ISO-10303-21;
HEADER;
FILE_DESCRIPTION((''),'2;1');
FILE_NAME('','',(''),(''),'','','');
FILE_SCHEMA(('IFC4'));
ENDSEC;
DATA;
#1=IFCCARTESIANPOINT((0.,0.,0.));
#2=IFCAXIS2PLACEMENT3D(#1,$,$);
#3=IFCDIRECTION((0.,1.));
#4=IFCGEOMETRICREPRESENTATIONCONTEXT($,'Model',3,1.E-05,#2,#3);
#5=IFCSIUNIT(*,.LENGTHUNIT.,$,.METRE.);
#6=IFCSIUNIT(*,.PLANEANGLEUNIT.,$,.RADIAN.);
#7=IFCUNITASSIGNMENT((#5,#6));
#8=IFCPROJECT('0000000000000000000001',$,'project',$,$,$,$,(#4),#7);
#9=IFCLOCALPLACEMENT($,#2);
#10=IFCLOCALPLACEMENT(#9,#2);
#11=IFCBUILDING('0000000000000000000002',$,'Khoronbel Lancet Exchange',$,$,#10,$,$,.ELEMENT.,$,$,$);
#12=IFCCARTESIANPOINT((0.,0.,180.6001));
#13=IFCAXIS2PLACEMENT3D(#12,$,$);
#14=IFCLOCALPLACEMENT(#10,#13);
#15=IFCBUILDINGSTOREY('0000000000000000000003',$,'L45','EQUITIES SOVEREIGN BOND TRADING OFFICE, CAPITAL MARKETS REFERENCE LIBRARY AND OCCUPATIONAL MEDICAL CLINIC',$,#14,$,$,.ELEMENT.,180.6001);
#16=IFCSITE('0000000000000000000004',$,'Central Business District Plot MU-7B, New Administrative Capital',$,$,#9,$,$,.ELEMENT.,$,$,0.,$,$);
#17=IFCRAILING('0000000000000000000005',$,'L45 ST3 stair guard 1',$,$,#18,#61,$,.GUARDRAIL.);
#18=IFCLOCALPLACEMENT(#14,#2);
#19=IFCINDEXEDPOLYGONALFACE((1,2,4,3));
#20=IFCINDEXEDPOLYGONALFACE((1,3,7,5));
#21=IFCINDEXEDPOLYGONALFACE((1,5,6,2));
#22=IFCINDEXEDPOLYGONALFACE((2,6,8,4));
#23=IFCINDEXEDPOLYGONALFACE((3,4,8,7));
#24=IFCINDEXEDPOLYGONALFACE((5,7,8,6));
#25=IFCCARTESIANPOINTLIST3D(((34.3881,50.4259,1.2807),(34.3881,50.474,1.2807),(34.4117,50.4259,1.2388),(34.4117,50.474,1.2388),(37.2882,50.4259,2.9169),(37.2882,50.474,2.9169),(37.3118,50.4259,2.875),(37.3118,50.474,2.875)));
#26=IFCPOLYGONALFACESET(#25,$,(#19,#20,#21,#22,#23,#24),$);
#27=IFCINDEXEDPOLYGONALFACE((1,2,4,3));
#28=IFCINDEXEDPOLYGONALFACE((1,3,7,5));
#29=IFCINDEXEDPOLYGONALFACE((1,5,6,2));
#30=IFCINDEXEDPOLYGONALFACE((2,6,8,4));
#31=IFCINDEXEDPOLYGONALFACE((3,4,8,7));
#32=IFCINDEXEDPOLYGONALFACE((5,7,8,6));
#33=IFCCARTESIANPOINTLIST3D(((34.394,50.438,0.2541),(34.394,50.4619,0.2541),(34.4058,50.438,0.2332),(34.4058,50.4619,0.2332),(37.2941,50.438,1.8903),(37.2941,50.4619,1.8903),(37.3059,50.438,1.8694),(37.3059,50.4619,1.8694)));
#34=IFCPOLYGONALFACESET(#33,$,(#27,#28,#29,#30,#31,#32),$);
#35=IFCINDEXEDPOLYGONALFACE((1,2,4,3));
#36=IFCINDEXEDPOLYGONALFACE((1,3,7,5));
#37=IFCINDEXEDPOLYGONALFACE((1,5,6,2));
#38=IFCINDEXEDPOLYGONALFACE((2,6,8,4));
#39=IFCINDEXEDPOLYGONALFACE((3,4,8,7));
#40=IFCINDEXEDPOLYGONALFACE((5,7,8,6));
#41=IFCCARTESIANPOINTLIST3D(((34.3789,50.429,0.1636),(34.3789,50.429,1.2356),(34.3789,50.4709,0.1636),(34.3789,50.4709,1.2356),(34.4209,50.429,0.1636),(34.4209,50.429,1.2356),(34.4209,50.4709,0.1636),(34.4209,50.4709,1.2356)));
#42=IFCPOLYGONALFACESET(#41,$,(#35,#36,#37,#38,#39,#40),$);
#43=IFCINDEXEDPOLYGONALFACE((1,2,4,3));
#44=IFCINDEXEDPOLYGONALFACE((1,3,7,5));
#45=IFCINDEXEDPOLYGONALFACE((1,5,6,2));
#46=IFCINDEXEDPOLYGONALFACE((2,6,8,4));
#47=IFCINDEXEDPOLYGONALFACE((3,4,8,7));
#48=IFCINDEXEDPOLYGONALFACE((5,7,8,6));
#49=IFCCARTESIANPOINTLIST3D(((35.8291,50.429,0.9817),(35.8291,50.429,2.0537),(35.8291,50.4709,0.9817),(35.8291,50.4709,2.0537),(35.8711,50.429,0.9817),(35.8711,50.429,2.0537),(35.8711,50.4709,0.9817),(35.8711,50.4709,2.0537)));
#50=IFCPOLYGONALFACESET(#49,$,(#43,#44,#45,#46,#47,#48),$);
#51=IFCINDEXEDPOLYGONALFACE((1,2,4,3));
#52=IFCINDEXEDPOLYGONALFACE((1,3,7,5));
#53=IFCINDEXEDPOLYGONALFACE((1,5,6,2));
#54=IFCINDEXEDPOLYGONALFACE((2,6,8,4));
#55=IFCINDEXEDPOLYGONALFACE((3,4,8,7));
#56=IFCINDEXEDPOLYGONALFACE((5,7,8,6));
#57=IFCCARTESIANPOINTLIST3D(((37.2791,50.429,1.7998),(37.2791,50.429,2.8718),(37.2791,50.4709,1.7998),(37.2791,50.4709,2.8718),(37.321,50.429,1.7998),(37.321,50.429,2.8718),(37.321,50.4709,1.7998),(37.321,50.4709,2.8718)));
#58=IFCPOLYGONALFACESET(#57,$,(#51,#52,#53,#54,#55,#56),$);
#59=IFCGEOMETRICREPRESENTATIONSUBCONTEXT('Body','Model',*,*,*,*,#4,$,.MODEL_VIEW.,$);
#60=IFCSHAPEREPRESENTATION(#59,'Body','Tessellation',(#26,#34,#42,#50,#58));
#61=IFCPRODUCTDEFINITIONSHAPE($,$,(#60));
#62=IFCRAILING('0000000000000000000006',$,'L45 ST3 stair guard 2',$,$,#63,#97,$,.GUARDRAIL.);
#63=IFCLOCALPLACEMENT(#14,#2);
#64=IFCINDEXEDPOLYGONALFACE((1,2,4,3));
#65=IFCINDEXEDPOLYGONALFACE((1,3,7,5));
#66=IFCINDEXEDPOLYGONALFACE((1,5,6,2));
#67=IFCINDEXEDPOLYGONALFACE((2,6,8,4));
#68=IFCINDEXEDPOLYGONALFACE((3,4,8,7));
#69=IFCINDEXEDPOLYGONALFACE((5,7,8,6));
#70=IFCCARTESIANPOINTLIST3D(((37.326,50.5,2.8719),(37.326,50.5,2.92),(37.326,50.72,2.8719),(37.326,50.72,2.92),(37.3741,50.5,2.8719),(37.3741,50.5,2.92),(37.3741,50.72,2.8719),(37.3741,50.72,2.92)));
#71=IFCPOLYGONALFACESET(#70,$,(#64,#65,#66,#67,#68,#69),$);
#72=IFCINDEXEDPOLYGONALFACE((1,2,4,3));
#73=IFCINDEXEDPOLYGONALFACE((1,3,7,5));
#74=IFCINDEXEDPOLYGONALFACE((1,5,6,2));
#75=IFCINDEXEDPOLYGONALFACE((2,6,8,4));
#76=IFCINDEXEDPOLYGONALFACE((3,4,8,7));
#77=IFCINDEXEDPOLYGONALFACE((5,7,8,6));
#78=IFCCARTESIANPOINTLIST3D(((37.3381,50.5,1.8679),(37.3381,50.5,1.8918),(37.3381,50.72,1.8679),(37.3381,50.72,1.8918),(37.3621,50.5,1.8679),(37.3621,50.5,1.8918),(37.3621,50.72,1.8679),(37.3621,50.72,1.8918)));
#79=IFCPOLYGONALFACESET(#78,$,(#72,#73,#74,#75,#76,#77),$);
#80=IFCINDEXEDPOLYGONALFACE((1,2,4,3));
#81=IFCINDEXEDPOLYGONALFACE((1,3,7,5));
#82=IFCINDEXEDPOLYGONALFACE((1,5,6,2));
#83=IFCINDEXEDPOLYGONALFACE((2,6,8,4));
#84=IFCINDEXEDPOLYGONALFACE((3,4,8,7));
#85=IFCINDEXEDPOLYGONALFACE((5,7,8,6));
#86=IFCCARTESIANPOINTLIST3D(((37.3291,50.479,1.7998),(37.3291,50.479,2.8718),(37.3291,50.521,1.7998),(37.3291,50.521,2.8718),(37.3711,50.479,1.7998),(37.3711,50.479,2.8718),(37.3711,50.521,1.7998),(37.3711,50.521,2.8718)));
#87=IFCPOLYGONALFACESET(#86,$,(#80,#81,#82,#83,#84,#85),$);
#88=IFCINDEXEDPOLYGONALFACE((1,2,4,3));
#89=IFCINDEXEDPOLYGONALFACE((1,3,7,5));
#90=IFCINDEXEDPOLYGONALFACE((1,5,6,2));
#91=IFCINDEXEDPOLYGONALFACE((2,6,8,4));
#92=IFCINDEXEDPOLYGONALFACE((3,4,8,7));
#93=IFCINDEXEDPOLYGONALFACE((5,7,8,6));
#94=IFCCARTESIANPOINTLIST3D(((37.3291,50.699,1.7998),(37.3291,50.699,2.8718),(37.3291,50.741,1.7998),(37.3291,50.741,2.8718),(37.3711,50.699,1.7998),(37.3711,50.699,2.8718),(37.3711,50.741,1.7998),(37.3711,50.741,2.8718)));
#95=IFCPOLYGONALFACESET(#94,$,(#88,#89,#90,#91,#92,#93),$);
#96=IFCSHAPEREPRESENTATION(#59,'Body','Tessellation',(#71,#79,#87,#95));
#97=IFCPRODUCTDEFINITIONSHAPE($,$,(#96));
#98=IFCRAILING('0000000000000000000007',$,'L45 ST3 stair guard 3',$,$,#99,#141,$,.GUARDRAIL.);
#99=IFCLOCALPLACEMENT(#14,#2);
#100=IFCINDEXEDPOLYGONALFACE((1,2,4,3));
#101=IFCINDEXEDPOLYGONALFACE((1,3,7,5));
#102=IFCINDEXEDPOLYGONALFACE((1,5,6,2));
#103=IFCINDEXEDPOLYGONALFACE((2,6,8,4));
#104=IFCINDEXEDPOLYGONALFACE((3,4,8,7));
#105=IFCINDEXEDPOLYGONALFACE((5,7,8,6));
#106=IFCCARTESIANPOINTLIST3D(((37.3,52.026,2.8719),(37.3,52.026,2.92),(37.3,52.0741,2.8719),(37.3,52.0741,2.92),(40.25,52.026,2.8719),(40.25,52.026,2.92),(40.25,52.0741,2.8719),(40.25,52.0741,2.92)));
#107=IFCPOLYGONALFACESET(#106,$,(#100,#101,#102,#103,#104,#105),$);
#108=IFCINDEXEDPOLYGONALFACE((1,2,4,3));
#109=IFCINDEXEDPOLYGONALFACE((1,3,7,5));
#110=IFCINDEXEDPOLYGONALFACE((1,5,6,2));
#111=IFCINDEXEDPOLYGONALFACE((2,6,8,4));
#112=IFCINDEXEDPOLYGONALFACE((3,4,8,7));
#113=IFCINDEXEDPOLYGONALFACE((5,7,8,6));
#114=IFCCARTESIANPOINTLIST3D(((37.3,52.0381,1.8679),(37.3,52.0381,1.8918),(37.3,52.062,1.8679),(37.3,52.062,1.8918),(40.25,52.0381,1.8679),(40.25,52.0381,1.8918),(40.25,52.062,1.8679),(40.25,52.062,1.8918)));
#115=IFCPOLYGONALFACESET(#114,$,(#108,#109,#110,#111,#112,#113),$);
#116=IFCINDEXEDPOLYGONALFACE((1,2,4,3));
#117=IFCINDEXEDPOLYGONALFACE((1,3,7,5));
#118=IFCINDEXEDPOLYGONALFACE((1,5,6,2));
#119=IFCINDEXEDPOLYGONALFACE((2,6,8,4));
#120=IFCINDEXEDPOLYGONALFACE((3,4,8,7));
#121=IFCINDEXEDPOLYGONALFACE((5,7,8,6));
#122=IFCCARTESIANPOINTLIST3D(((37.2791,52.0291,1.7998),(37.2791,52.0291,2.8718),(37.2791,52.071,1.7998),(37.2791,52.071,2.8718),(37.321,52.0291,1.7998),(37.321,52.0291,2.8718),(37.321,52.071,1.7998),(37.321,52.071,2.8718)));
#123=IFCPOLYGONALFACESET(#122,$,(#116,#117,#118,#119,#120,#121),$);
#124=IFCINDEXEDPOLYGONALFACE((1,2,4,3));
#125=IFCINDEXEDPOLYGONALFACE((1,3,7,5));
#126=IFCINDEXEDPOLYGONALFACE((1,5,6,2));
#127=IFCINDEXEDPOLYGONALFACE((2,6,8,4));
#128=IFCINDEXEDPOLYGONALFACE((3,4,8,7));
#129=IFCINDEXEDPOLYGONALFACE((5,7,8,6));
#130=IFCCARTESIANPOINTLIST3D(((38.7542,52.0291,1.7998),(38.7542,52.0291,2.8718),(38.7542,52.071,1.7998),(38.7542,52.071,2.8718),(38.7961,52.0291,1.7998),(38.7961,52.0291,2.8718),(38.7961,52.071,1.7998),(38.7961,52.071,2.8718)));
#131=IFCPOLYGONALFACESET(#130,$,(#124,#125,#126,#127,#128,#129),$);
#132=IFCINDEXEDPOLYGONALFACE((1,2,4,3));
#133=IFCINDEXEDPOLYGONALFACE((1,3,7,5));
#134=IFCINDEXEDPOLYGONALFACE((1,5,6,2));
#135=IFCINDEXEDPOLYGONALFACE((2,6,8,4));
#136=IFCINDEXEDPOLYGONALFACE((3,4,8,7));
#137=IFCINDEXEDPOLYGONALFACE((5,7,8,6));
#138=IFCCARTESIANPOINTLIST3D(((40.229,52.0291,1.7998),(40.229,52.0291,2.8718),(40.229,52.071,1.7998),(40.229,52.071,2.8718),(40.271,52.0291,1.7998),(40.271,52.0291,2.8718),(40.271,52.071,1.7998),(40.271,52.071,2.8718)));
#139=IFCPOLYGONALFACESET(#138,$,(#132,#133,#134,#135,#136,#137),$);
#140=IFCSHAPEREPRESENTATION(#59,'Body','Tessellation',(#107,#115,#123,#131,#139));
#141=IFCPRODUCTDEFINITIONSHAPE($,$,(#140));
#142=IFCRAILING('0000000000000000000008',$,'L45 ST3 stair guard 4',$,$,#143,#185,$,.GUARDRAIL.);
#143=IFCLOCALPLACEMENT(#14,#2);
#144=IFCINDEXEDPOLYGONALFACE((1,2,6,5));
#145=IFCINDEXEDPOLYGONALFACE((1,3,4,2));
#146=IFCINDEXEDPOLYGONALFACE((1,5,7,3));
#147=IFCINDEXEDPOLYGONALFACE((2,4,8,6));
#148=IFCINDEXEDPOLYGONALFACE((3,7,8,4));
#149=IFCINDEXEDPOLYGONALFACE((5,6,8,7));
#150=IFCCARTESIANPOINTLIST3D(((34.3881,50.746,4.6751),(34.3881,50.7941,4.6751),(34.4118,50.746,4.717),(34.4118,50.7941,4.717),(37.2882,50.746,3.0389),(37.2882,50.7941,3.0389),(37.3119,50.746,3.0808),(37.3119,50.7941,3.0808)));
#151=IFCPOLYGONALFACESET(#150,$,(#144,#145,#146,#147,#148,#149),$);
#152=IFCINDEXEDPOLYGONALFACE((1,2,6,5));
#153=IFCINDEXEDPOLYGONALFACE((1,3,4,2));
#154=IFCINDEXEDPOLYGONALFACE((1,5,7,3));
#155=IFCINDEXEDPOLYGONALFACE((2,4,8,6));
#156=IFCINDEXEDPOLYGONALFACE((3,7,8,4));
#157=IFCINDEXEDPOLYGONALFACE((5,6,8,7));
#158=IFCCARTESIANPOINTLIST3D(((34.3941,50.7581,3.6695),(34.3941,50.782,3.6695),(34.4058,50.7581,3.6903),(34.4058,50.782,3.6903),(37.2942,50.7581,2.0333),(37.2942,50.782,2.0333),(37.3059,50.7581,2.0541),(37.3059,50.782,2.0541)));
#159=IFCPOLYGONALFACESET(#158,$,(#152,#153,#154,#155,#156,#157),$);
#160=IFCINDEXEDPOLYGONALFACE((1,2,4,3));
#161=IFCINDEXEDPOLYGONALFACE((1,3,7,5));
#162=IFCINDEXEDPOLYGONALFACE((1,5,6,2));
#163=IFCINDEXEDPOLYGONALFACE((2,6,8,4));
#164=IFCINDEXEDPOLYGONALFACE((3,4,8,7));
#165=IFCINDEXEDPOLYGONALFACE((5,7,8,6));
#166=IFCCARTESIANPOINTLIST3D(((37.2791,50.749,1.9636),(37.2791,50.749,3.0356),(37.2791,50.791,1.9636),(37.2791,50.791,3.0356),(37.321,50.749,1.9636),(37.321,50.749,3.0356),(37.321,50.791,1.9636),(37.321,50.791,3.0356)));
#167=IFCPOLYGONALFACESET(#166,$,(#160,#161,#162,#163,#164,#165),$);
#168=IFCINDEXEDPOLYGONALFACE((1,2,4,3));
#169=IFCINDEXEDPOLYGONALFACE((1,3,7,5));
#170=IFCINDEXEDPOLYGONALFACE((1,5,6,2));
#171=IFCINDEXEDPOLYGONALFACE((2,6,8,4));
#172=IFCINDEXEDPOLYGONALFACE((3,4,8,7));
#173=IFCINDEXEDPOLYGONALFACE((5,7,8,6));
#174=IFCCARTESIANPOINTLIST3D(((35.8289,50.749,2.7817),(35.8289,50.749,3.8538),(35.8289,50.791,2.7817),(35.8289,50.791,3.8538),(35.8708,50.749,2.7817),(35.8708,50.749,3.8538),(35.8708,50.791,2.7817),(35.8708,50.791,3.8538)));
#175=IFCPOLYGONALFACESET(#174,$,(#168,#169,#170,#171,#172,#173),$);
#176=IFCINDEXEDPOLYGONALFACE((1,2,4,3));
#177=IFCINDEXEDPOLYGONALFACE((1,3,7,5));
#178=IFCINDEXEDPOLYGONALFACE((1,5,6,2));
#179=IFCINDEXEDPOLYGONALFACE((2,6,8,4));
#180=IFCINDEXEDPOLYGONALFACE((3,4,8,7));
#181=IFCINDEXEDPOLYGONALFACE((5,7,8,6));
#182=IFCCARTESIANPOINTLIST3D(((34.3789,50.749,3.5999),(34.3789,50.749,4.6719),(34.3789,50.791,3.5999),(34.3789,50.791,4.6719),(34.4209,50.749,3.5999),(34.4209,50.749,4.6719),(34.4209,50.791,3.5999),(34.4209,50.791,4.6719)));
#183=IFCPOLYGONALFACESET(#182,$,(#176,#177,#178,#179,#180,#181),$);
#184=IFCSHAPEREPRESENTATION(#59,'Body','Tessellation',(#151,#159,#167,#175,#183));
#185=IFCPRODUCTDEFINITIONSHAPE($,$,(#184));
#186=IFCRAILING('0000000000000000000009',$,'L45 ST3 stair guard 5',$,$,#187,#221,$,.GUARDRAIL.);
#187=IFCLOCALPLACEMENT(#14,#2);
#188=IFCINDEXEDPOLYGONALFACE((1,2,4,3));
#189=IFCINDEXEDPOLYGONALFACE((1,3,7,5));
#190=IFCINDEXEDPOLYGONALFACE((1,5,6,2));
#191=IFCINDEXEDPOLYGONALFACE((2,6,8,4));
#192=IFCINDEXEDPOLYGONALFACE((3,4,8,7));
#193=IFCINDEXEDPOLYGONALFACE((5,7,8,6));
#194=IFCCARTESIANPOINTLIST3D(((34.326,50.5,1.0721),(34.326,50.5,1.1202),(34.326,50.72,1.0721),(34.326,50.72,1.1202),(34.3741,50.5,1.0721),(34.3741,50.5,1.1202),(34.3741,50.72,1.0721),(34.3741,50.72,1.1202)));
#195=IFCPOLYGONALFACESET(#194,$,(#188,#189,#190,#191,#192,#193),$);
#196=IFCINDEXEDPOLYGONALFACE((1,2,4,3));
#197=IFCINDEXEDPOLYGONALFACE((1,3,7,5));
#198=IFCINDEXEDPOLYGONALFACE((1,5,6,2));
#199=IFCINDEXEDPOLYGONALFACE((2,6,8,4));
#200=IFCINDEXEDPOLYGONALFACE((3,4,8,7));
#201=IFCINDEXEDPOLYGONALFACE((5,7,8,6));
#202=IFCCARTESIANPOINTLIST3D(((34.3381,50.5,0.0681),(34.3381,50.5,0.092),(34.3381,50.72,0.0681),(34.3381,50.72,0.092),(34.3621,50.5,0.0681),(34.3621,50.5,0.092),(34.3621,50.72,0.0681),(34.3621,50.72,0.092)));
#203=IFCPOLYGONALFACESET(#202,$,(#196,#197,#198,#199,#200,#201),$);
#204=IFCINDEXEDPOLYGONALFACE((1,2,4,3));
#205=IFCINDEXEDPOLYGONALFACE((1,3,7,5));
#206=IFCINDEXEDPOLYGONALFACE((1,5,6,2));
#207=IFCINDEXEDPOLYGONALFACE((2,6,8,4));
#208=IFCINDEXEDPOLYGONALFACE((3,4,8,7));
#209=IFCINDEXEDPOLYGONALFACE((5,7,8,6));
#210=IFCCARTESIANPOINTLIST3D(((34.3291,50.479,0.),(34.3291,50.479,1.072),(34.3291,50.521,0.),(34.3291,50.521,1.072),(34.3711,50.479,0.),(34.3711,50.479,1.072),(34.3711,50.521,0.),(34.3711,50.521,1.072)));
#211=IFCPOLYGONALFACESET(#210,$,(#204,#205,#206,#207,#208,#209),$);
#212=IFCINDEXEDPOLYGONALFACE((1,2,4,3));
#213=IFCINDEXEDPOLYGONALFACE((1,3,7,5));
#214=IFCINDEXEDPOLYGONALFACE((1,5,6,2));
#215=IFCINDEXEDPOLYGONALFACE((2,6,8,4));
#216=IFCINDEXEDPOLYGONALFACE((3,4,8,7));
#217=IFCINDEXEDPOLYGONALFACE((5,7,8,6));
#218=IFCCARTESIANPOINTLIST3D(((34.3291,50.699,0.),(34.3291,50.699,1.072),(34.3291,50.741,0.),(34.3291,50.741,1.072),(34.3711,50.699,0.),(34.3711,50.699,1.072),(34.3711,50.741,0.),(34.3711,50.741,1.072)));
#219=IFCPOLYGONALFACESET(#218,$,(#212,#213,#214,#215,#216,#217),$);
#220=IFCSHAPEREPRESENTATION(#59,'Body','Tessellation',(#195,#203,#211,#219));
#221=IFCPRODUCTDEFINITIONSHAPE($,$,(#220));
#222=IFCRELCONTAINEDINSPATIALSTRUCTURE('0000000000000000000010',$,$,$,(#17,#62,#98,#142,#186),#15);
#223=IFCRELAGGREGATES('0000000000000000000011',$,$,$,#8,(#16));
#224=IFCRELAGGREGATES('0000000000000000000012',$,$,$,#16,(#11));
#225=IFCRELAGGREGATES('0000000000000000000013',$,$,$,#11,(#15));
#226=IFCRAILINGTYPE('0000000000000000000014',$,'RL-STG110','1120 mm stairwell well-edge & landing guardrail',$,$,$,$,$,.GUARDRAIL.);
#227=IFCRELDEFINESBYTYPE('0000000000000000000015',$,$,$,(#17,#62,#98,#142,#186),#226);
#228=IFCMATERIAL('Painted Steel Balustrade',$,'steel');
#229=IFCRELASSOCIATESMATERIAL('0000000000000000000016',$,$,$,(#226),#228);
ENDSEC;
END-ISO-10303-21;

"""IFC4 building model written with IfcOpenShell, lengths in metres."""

from ifc_helpers import new_model, si_unit, direction, frame, origin, origin_2d, place, context, subcontext, project, spatial, rectangle, extrude, material, type_object, element, save


model = new_model("IFC4")

# Units and contexts
model_context = context("Model", 3, precision=1e-05, world=origin(), true_north=direction((0.0, 1.0)))
body_context = subcontext(model_context, "Body", "Model", "MODEL_VIEW")
ifc_project = project(units=[si_unit("LENGTHUNIT", "METRE"), si_unit("PLANEANGLEUNIT", "RADIAN")], contexts=[model_context])

# Site, building, storey
site_placement = place(None, origin())
site = spatial("IfcSite", under=ifc_project, at=site_placement, Name="Central Business District Plot MU-7B, New Administrative Capital", CompositionType="ELEMENT", RefElevation=0.0)
building_placement = place(site_placement, origin())
building = spatial("IfcBuilding", under=site, at=building_placement, Name="Khoronbel Lancet Exchange", CompositionType="ELEMENT")
storey_placement = place(building_placement, frame((0.0, 0.0, 180.6001)))
storey = spatial("IfcBuildingStorey", under=building, at=storey_placement, Name="L45", Description="EQUITIES SOVEREIGN BOND TRADING OFFICE, CAPITAL MARKETS REFERENCE LIBRARY AND OCCUPATIONAL MEDICAL CLINIC", CompositionType="ELEMENT", Elevation=180.6001)

# Railings
ifc_material_1 = material(Name="Painted Steel Balustrade", Category="steel")
railing_type_1 = type_object("IfcRailingType", Name="RL-STG110", Description="1120 mm stairwell well-edge & landing guardrail", PredefinedType="GUARDRAIL", material=ifc_material_1)
railing_1_placement = place(storey_placement, frame((34.3999, 50.45, 0.1636)))
element("IfcRailing", 1, at=railing_1_placement, inside=storey, type_object=railing_type_1, Name="L45 ST3 stair guard 1", PredefinedType="GUARDRAIL", context=body_context, shape_type="SweptSolid", body=[
    extrude(rectangle(XDim=0.0481, YDim=0.0481, at=origin_2d()), frame((0.0, 0.0, 1.0962), z_axis=(0.870946, 0.0, 0.491378), x_axis=(0.0, 1.0, 0.0)), (0.0, 0.0, 1.0), 3.3298),
    extrude(rectangle(XDim=0.0239, YDim=0.0239, at=origin_2d()), frame((0.0, 0.0, 0.0801), z_axis=(0.870946, 0.0, 0.491378), x_axis=(0.0, 1.0, 0.0)), (0.0, 0.0, 1.0), 3.3298),
    extrude(rectangle(XDim=0.042, YDim=0.042, at=origin_2d()), origin(), (0.0, 0.0, 1.0), 1.072),
    extrude(rectangle(XDim=0.042, YDim=0.042, at=origin_2d()), frame((1.4502, 0.0, 0.8181)), (0.0, 0.0, 1.0), 1.072),
    extrude(rectangle(XDim=0.042, YDim=0.042, at=origin_2d()), frame((2.9001, 0.0, 1.6362)), (0.0, 0.0, 1.0), 1.072),
])
railing_2_placement = place(storey_placement, frame((37.3501, 50.5, 1.7998)))
element("IfcRailing", 2, at=railing_2_placement, inside=storey, type_object=railing_type_1, Name="L45 ST3 stair guard 2", PredefinedType="GUARDRAIL", context=body_context, shape_type="SweptSolid", body=[
    extrude(rectangle(XDim=0.0481, YDim=0.0481, at=origin_2d()), frame((0.0, 0.0, 1.0962), z_axis=(0.0, 1.0, 0.0), x_axis=(-1.0, 0.0, 0.0)), (0.0, 0.0, 1.0), 0.22),
    extrude(rectangle(XDim=0.0239, YDim=0.0239, at=origin_2d()), frame((0.0, 0.0, 0.0801), z_axis=(0.0, 1.0, 0.0), x_axis=(-1.0, 0.0, 0.0)), (0.0, 0.0, 1.0), 0.22),
    extrude(rectangle(XDim=0.042, YDim=0.042, at=origin_2d()), origin(), (0.0, 0.0, 1.0), 1.072),
    extrude(rectangle(XDim=0.042, YDim=0.042, at=origin_2d()), frame((0.0, 0.22, 0.0)), (0.0, 0.0, 1.0), 1.072),
])
railing_3_placement = place(storey_placement, frame((37.3, 52.05, 1.7998)))
element("IfcRailing", 3, at=railing_3_placement, inside=storey, type_object=railing_type_1, Name="L45 ST3 stair guard 3", PredefinedType="GUARDRAIL", context=body_context, shape_type="SweptSolid", body=[
    extrude(rectangle(XDim=0.0481, YDim=0.0481, at=origin_2d()), frame((0.0, 0.0, 1.0962), z_axis=(1.0, 0.0, 0.0), x_axis=(0.0, 1.0, 0.0)), (0.0, 0.0, 1.0), 2.95),
    extrude(rectangle(XDim=0.0239, YDim=0.0239, at=origin_2d()), frame((0.0, 0.0, 0.0801), z_axis=(1.0, 0.0, 0.0), x_axis=(0.0, 1.0, 0.0)), (0.0, 0.0, 1.0), 2.95),
    extrude(rectangle(XDim=0.042, YDim=0.042, at=origin_2d()), origin(), (0.0, 0.0, 1.0), 1.072),
    extrude(rectangle(XDim=0.042, YDim=0.042, at=origin_2d()), frame((1.4751, 0.0, 0.0)), (0.0, 0.0, 1.0), 1.072),
    extrude(rectangle(XDim=0.042, YDim=0.042, at=origin_2d()), frame((2.95, 0.0, 0.0)), (0.0, 0.0, 1.0), 1.072),
])
railing_4_placement = place(storey_placement, frame((37.3, 50.77, 1.9636)))
element("IfcRailing", 4, at=railing_4_placement, inside=storey, type_object=railing_type_1, Name="L45 ST3 stair guard 4", PredefinedType="GUARDRAIL", context=body_context, shape_type="SweptSolid", body=[
    extrude(rectangle(XDim=0.0481, YDim=0.0481, at=origin_2d()), frame((0.0, 0.0, 1.0962), z_axis=(-0.870946, 0.0, 0.491378), x_axis=(0.0, -1.0, 0.0)), (0.0, 0.0, 1.0), 3.3298),
    extrude(rectangle(XDim=0.0239, YDim=0.0239, at=origin_2d()), frame((0.0, 0.0, 0.0801), z_axis=(-0.870946, 0.0, 0.491378), x_axis=(0.0, -1.0, 0.0)), (0.0, 0.0, 1.0), 3.3298),
    extrude(rectangle(XDim=0.042, YDim=0.042, at=origin_2d()), origin(), (0.0, 0.0, 1.0), 1.072),
    extrude(rectangle(XDim=0.042, YDim=0.042, at=origin_2d()), frame((-1.4502, 0.0, 0.8181)), (0.0, 0.0, 1.0), 1.072),
    extrude(rectangle(XDim=0.042, YDim=0.042, at=origin_2d()), frame((-2.9001, 0.0, 1.6362)), (0.0, 0.0, 1.0), 1.072),
])
railing_5_placement = place(storey_placement, frame((34.3501, 50.5, 0.0)))
element("IfcRailing", 5, at=railing_5_placement, inside=storey, type_object=railing_type_1, Name="L45 ST3 stair guard 5", PredefinedType="GUARDRAIL", context=body_context, shape_type="SweptSolid", body=[
    extrude(rectangle(XDim=0.0481, YDim=0.0481, at=origin_2d()), frame((0.0, 0.0, 1.0962), z_axis=(0.0, 1.0, 0.0), x_axis=(-1.0, 0.0, 0.0)), (0.0, 0.0, 1.0), 0.22),
    extrude(rectangle(XDim=0.0239, YDim=0.0239, at=origin_2d()), frame((0.0, 0.0, 0.0801), z_axis=(0.0, 1.0, 0.0), x_axis=(-1.0, 0.0, 0.0)), (0.0, 0.0, 1.0), 0.22),
    extrude(rectangle(XDim=0.042, YDim=0.042, at=origin_2d()), origin(), (0.0, 0.0, 1.0), 1.072),
    extrude(rectangle(XDim=0.042, YDim=0.042, at=origin_2d()), frame((0.0, 0.22, 0.0)), (0.0, 0.0, 1.0), 1.072),
])

save(model, "model.ifc")
